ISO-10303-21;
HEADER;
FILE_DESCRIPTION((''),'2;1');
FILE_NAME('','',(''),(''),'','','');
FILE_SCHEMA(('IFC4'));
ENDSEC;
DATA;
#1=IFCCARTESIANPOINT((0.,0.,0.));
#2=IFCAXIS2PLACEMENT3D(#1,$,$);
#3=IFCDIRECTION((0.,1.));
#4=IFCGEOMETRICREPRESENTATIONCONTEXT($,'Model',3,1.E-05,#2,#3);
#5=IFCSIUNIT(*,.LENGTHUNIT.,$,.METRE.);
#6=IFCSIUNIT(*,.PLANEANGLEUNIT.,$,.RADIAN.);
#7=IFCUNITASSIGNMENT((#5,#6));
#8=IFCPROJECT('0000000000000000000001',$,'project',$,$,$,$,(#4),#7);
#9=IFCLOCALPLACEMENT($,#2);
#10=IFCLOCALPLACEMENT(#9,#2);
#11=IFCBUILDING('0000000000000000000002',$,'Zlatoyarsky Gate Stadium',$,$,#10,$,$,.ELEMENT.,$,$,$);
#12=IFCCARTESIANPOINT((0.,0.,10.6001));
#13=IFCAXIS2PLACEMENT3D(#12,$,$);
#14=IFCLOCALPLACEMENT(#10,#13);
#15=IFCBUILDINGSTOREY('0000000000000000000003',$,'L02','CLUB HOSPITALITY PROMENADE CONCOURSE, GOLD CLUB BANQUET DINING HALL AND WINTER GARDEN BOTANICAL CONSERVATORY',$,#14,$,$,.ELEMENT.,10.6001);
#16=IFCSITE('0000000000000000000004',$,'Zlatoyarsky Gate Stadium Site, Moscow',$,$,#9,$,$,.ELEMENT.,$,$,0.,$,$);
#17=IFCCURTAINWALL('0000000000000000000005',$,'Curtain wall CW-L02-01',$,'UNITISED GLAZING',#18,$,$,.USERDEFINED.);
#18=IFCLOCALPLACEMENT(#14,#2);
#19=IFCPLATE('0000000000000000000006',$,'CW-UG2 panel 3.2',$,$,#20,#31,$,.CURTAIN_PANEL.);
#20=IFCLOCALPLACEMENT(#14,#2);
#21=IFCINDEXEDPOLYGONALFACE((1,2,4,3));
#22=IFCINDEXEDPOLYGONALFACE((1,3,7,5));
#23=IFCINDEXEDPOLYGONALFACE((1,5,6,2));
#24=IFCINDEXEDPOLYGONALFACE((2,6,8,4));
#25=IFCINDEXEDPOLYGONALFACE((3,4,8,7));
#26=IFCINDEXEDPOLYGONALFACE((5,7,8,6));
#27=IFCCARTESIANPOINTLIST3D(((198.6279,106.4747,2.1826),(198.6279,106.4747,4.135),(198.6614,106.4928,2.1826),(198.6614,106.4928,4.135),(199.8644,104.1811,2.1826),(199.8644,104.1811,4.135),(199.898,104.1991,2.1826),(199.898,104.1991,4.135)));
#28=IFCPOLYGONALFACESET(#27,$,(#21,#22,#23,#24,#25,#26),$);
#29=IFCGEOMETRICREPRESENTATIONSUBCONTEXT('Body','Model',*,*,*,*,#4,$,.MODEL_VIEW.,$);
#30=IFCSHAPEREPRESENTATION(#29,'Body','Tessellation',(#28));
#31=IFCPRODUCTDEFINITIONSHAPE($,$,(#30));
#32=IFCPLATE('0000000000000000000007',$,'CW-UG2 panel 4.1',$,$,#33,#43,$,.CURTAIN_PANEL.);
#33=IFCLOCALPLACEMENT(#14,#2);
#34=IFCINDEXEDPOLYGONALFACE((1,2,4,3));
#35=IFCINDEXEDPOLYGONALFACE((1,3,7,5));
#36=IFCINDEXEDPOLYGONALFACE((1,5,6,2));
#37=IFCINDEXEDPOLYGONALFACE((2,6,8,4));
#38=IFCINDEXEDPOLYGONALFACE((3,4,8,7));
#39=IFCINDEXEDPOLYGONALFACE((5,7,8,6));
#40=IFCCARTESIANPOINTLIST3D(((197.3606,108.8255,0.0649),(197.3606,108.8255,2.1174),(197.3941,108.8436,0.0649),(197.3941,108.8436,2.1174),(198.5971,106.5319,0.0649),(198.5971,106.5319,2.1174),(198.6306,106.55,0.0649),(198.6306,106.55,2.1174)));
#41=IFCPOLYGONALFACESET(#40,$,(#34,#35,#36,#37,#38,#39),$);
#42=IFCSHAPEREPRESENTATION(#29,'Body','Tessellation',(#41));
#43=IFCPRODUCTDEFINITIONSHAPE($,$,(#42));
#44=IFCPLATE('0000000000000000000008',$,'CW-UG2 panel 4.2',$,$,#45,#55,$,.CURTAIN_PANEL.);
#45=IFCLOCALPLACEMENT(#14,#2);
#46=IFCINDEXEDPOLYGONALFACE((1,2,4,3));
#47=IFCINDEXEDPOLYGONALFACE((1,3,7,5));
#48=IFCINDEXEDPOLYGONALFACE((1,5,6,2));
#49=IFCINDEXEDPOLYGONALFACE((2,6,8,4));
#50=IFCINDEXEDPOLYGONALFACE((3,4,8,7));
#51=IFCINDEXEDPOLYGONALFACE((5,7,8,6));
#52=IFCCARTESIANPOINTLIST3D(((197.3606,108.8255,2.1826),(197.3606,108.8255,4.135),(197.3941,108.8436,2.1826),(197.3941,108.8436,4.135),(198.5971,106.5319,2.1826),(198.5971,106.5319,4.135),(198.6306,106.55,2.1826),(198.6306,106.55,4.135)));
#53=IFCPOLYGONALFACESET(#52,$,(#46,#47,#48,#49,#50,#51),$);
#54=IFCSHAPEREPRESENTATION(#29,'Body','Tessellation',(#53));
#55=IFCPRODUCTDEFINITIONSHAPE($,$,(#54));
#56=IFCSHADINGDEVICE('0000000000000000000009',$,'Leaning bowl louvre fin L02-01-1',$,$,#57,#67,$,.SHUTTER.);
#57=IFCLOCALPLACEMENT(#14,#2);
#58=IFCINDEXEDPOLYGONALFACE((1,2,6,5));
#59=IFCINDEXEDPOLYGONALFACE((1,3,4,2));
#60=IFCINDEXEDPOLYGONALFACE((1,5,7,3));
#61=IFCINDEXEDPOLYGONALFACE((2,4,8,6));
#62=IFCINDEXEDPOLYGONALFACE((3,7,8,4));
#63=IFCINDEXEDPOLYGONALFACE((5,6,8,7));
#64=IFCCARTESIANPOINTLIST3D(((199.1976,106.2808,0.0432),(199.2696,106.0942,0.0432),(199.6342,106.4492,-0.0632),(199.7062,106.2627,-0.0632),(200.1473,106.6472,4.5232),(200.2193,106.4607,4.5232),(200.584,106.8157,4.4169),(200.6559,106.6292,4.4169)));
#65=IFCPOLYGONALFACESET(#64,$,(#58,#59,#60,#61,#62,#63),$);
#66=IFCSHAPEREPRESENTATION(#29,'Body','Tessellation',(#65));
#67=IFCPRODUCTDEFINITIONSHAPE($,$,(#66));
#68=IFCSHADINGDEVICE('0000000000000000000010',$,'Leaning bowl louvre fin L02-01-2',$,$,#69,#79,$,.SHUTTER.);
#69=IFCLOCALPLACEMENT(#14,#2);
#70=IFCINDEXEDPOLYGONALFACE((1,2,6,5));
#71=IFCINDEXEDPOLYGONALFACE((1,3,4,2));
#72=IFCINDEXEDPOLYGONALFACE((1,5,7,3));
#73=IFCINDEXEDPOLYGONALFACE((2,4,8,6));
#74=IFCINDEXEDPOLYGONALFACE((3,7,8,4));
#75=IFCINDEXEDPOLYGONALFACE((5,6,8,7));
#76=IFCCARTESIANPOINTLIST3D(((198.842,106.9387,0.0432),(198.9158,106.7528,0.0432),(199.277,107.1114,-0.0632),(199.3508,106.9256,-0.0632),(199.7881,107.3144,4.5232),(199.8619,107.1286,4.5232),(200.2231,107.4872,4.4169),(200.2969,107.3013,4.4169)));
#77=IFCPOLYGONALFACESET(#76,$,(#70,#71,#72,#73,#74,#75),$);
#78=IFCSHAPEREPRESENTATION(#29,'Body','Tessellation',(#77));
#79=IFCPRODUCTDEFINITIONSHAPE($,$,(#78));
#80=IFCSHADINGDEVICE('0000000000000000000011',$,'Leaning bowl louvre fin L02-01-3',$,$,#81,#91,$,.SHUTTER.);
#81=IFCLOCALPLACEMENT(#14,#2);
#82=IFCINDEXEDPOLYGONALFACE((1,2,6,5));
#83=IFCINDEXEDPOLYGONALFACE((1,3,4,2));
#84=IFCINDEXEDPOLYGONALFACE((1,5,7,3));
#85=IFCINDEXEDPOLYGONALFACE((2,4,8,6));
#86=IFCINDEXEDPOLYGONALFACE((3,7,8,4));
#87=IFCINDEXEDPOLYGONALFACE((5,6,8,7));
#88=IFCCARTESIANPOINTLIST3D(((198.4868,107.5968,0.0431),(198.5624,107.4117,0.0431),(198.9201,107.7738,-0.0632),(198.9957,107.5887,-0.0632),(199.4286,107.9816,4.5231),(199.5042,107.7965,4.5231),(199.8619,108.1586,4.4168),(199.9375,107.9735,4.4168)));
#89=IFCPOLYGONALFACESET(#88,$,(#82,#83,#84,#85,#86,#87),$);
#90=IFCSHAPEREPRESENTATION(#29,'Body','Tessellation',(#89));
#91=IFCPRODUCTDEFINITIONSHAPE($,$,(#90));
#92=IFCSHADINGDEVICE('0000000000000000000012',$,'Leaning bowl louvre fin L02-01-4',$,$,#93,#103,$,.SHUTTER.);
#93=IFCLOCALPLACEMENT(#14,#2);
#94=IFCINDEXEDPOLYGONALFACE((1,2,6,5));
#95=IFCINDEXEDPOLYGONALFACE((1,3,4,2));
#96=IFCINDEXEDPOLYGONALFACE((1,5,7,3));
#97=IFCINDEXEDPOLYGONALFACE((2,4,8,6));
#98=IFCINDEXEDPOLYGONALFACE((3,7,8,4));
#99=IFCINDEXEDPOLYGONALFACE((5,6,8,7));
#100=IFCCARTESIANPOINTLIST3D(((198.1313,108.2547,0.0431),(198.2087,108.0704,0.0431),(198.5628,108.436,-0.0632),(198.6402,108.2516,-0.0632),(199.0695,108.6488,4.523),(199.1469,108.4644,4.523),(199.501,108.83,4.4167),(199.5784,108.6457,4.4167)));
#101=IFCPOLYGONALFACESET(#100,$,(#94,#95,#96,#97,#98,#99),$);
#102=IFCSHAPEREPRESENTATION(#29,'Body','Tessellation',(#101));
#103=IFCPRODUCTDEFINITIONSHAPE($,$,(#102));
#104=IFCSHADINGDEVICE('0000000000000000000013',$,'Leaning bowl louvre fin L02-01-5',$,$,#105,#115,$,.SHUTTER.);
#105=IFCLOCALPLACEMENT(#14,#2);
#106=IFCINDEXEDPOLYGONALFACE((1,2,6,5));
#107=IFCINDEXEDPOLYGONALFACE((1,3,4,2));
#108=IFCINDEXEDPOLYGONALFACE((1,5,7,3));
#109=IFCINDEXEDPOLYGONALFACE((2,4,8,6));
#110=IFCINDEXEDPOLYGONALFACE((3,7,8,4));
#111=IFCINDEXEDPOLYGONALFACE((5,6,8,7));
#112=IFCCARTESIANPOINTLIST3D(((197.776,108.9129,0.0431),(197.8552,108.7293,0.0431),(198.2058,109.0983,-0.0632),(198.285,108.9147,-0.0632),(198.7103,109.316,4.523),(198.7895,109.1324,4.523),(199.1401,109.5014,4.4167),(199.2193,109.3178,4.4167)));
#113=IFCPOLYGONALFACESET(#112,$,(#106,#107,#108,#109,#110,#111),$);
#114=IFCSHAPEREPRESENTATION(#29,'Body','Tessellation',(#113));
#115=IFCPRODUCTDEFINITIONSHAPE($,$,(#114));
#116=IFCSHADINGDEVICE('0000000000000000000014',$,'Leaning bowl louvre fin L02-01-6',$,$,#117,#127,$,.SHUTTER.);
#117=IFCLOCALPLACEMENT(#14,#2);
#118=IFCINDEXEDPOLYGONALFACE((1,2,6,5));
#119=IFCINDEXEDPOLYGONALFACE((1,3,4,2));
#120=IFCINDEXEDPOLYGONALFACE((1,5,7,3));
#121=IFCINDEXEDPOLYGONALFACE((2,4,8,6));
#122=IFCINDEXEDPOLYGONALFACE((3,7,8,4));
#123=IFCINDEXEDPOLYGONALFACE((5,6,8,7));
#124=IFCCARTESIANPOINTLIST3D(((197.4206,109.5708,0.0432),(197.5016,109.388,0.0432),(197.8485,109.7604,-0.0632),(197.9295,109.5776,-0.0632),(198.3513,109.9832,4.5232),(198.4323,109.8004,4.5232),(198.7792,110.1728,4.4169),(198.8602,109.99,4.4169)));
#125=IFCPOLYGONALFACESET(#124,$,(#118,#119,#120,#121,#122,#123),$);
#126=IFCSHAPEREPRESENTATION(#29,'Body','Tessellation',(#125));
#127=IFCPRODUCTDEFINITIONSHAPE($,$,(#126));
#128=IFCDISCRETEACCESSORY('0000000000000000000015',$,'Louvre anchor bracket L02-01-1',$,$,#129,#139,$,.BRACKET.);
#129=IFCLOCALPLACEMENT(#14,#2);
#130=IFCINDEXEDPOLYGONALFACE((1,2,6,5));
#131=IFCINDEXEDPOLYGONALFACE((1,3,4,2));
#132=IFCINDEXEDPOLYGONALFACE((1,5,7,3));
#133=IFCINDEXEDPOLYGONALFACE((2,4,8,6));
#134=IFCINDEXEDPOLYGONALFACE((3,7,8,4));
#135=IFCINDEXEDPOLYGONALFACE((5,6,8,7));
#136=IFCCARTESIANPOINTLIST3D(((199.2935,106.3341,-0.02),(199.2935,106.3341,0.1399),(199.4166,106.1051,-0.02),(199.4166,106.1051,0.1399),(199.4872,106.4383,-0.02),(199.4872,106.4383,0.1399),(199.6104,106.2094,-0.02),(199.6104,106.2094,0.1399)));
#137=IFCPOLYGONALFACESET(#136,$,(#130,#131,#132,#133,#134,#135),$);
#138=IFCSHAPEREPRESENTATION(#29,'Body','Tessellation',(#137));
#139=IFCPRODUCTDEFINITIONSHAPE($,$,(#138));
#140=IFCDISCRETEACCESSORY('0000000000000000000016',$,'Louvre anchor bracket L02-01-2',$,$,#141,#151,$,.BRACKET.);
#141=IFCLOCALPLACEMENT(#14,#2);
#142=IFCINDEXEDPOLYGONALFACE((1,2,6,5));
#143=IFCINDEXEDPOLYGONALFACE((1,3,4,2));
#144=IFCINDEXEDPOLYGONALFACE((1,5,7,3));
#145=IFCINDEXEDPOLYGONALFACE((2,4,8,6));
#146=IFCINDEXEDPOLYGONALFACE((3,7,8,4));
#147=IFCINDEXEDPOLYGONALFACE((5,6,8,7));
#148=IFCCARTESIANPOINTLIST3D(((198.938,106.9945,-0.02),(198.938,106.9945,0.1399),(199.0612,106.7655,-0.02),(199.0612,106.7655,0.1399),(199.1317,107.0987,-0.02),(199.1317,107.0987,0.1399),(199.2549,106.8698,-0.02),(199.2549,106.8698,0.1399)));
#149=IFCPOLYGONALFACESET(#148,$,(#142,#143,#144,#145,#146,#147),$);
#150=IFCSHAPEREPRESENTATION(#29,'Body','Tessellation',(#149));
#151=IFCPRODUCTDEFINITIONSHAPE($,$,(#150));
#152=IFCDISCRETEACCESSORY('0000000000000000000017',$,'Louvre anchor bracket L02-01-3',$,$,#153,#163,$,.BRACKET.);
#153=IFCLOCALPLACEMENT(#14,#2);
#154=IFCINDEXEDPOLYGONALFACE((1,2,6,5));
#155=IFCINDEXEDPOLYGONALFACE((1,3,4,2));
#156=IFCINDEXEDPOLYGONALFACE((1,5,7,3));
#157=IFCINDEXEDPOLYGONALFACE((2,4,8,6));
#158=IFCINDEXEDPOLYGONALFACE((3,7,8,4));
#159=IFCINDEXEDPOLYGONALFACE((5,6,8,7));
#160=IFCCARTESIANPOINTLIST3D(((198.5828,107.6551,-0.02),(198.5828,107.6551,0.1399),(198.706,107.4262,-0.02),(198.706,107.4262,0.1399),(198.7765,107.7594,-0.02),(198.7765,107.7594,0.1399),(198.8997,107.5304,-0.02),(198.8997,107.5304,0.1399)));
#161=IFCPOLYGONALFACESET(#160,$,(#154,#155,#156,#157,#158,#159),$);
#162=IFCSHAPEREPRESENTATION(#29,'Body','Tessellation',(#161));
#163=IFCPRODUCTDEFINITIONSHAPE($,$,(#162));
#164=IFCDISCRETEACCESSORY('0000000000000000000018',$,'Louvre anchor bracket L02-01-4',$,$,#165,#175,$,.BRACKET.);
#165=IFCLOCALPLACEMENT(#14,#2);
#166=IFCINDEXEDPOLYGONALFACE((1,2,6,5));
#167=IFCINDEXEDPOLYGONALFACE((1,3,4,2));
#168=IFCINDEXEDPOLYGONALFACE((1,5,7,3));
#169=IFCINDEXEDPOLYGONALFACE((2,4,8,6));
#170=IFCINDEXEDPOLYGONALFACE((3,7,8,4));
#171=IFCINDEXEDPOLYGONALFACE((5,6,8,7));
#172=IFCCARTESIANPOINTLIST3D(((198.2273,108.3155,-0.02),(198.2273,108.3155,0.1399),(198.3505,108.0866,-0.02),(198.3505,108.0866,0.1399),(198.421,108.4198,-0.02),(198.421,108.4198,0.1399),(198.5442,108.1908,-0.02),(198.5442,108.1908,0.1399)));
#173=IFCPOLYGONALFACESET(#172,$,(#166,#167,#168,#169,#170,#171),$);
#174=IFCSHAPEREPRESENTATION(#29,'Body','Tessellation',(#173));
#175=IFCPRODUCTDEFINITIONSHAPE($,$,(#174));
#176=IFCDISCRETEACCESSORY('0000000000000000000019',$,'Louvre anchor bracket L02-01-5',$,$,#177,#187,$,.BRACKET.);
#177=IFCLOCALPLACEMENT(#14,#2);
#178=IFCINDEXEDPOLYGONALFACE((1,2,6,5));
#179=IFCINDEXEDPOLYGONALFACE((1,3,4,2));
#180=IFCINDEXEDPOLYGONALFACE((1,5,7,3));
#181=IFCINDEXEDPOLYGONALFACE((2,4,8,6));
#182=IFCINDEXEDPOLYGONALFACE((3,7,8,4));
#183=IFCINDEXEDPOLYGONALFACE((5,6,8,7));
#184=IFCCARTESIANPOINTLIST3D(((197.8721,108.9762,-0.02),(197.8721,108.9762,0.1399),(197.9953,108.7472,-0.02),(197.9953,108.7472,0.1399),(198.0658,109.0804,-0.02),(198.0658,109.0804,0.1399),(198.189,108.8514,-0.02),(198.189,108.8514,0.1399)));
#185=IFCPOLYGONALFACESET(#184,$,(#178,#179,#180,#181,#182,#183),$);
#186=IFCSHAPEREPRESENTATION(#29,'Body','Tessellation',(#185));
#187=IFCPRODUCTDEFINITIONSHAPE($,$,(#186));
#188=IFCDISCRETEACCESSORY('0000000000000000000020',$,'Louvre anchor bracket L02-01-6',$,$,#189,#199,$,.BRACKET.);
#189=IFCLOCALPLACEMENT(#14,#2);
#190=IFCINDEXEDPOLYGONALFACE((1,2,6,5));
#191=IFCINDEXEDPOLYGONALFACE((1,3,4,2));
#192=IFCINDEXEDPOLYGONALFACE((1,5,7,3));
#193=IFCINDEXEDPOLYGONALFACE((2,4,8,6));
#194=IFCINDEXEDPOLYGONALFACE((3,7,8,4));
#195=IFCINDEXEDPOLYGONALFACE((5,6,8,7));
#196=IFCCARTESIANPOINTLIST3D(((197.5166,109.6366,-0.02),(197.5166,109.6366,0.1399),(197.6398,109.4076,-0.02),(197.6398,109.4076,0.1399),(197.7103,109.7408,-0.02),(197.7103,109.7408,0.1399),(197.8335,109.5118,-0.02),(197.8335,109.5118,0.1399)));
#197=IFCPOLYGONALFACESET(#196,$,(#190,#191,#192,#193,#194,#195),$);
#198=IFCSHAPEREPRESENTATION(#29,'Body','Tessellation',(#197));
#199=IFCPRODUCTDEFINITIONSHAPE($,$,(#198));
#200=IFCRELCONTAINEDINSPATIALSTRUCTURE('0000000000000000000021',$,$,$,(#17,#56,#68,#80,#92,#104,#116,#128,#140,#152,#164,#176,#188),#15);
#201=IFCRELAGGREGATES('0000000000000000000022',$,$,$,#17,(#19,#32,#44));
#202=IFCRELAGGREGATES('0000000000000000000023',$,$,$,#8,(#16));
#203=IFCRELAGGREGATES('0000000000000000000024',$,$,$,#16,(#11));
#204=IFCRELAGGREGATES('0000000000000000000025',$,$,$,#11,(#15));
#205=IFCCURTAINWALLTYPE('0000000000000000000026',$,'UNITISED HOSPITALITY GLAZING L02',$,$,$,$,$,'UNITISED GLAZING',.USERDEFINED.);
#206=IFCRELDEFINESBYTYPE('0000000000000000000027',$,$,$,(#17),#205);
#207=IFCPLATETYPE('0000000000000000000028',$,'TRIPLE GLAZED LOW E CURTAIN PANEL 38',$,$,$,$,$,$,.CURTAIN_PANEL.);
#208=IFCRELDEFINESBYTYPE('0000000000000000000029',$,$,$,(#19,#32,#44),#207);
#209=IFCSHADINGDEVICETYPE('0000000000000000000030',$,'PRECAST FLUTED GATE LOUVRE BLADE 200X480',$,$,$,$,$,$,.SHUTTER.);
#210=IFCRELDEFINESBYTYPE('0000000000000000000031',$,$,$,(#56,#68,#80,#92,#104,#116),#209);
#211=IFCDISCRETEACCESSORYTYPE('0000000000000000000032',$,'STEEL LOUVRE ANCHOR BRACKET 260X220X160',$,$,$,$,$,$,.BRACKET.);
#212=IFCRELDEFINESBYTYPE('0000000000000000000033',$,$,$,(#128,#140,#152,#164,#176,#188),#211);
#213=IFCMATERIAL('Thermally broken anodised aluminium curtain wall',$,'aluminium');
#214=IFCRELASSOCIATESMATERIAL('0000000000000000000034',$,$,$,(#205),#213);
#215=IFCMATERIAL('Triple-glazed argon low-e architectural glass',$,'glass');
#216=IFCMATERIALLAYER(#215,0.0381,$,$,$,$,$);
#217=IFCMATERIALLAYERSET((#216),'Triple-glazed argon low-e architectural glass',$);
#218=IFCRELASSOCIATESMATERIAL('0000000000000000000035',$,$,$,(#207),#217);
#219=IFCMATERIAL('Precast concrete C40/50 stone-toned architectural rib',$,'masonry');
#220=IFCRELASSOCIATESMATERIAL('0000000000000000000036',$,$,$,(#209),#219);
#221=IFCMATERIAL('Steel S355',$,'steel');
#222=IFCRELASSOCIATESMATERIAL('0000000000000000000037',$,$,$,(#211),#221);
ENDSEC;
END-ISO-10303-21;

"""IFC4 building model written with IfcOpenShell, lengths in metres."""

from ifc_helpers import new_model, si_unit, direction, frame, origin, origin_2d, place, context, subcontext, project, spatial, rectangle, extrude, material, layer, layer_set, material_profile, profile_set, type_object, element, aggregate, save


model = new_model("IFC4")

# Units and contexts
model_context = context("Model", 3, precision=1e-05, world=origin(), true_north=direction((0.0, 1.0)))
body_context = subcontext(model_context, "Body", "Model", "MODEL_VIEW")
ifc_project = project(units=[si_unit("LENGTHUNIT", "METRE"), si_unit("PLANEANGLEUNIT", "RADIAN")], contexts=[model_context])

# Site, building, storey
site_placement = place(None, origin())
site = spatial("IfcSite", under=ifc_project, at=site_placement, Name="Zlatoyarsky Gate Stadium Site, Moscow", CompositionType="ELEMENT", RefElevation=0.0)
building_placement = place(site_placement, origin())
building = spatial("IfcBuilding", under=site, at=building_placement, Name="Zlatoyarsky Gate Stadium", CompositionType="ELEMENT")
storey_placement = place(building_placement, frame((0.0, 0.0, 10.6001)))
storey = spatial("IfcBuildingStorey", under=building, at=storey_placement, Name="L02", Description="CLUB HOSPITALITY PROMENADE CONCOURSE, GOLD CLUB BANQUET DINING HALL AND WINTER GARDEN BOTANICAL CONSERVATORY", CompositionType="ELEMENT", Elevation=10.6001)

# Curtain wall
ifc_material_1 = material(Name="Thermally broken anodised aluminium curtain wall", Category="aluminium")
curtain_wall_type = type_object("IfcCurtainWallType", Name="UNITISED HOSPITALITY GLAZING L02", ElementType="UNITISED GLAZING", PredefinedType="USERDEFINED", material=ifc_material_1)
curtain_wall_placement = place(storey_placement, origin())
curtain_wall = element("IfcCurtainWall", 1, at=curtain_wall_placement, inside=storey, type_object=curtain_wall_type, Name="Curtain wall CW-L02-01", ObjectType="UNITISED GLAZING", PredefinedType="USERDEFINED")

# Shared definitions
ifc_material_2 = material(Name="Steel S355", Category="steel")

# Plates
ifc_material_3 = material(Name="Triple-glazed argon low-e architectural glass", Category="glass")
ifc_layer_1 = layer(ifc_material_3, 0.0381)
ifc_layer_set_1 = layer_set([ifc_layer_1], Name="Triple-glazed argon low-e architectural glass")
plate_type_1 = type_object("IfcPlateType", Name="TRIPLE GLAZED LOW E CURTAIN PANEL 38", PredefinedType="CURTAIN_PANEL", material=ifc_layer_set_1)
plate_1_placement = place(storey_placement, frame((199.2629, 105.3369, 2.1826), z_axis=(0.0, 0.0, 1.0), x_axis=(-0.474536, 0.880236, 0.0)))
plate_1 = element("IfcPlate", 2, at=plate_1_placement, type_object=plate_type_1, Name="CW-UG2 panel 3.2", PredefinedType="CURTAIN_PANEL", context=body_context, shape_type="SweptSolid", body=[
    extrude(rectangle(XDim=2.6057, YDim=0.0381, at=origin_2d()), origin(), (0.0, 0.0, 1.0), 1.9524),
])
plate_2_placement = place(storey_placement, frame((197.9956, 107.6877, 0.0649), z_axis=(0.0, 0.0, 1.0), x_axis=(-0.474536, 0.880236, 0.0)))
plate_2 = element("IfcPlate", 3, at=plate_2_placement, type_object=plate_type_1, Name="CW-UG2 panel 4.1", PredefinedType="CURTAIN_PANEL", context=body_context, shape_type="SweptSolid", body=[
    extrude(rectangle(XDim=2.6057, YDim=0.0381, at=origin_2d()), origin(), (0.0, 0.0, 1.0), 2.0525),
])
plate_3_placement = place(storey_placement, frame((197.9956, 107.6877, 2.1826), z_axis=(0.0, 0.0, 1.0), x_axis=(-0.474536, 0.880236, 0.0)))
plate_3 = element("IfcPlate", 4, at=plate_3_placement, type_object=plate_type_1, Name="CW-UG2 panel 4.2", PredefinedType="CURTAIN_PANEL", context=body_context, shape_type="SweptSolid", body=[
    extrude(rectangle(XDim=2.6057, YDim=0.0381, at=origin_2d()), origin(), (0.0, 0.0, 1.0), 1.9524),
])
aggregate(curtain_wall, [plate_1, plate_2, plate_3])

# Shading devices
ifc_material_4 = material(Name="Precast concrete C40/50 stone-toned architectural rib", Category="masonry")
ifc_material_profile_1 = material_profile(ifc_material_4, rectangle(XDim=0.2, YDim=0.48, at=origin_2d()), Name="RIB 200X480")
ifc_profile_set_1 = profile_set([ifc_material_profile_1], Name="Precast concrete C40/50 stone-toned architectural rib")
shading_device_type = type_object("IfcShadingDeviceType", Name="PRECAST FLUTED GATE LOUVRE BLADE 200X480", PredefinedType="SHUTTER", material=ifc_profile_set_1)
for number, where, z_axis, x_axis, name in (
    (5, (199.4519, 106.2717, -0.01), (0.20672, 0.079765, 0.975143), (-0.359991, 0.932956, 0.0), "Leaning bowl louvre fin L02-01-1"),
    (6, (199.0964, 106.9321, -0.01), (0.205923, 0.081785, 0.975145), (-0.369115, 0.929384, 0.0), "Leaning bowl louvre fin L02-01-2"),
):
    element("IfcShadingDevice", number, at=place(storey_placement, frame(where, z_axis=z_axis, x_axis=x_axis)), inside=storey, type_object=shading_device_type, Name=name, PredefinedType="SHUTTER", context=body_context, shape_type="SweptSolid", body=[
        extrude(rectangle(XDim=0.2, YDim=0.48, at=origin_2d()), origin(), (0.0, 0.0, 1.0), 4.5942),
    ])
for number, where, z_axis, x_axis, name in (
    (7, (198.7412, 107.5928, -0.01), (0.205024, 0.083753, 0.975167), (-0.378166, 0.925738, 0.0), "Leaning bowl louvre fin L02-01-3"),
    (8, (198.3857, 108.2532, -0.01), (0.204225, 0.085771, 0.975159), (-0.38722, 0.921987, 0.0), "Leaning bowl louvre fin L02-01-4"),
    (9, (198.0305, 108.9138, -0.01), (0.203376, 0.087738, 0.975162), (-0.396119, 0.918199, 0.0), "Leaning bowl louvre fin L02-01-5"),
):
    element("IfcShadingDevice", number, at=place(storey_placement, frame(where, z_axis=z_axis, x_axis=x_axis)), inside=storey, type_object=shading_device_type, Name=name, PredefinedType="SHUTTER", context=body_context, shape_type="SweptSolid", body=[
        extrude(rectangle(XDim=0.2, YDim=0.48, at=origin_2d()), origin(), (0.0, 0.0, 1.0), 4.594),
    ])
shading_device_placement = place(storey_placement, frame((197.675, 109.5742, -0.01), z_axis=(0.202575, 0.089756, 0.975145), x_axis=(-0.405092, 0.914276, 0.0)))
element("IfcShadingDevice", 10, at=shading_device_placement, inside=storey, type_object=shading_device_type, Name="Leaning bowl louvre fin L02-01-6", PredefinedType="SHUTTER", context=body_context, shape_type="SweptSolid", body=[
    extrude(rectangle(XDim=0.2, YDim=0.48, at=origin_2d()), origin(), (0.0, 0.0, 1.0), 4.5942),
])

# Discrete accessories
discrete_accessory_type = type_object("IfcDiscreteAccessoryType", Name="STEEL LOUVRE ANCHOR BRACKET 260X220X160", PredefinedType="BRACKET", material=ifc_material_2)
for number, where, z_axis, x_axis, name in (
    (11, (199.4519, 106.2717, -0.02), (0.0, 0.0, 1.0), (-0.473806, 0.880629, 0.0), "Louvre anchor bracket L02-01-1"),
    (12, (199.0964, 106.9321, -0.02), (0.0, 0.0, 1.0), (-0.473806, 0.880629, 0.0), "Louvre anchor bracket L02-01-2"),
    (13, (198.7412, 107.5928, -0.02), (0.0, 0.0, 1.0), (-0.473806, 0.880629, 0.0), "Louvre anchor bracket L02-01-3"),
    (14, (198.3857, 108.2532, -0.02), (0.0, 0.0, 1.0), (-0.473806, 0.880629, 0.0), "Louvre anchor bracket L02-01-4"),
    (15, (198.0305, 108.9138, -0.02), (0.0, 0.0, 1.0), (-0.473806, 0.880629, 0.0), "Louvre anchor bracket L02-01-5"),
    (16, (197.675, 109.5742, -0.02), (0.0, 0.0, 1.0), (-0.473806, 0.880629, 0.0), "Louvre anchor bracket L02-01-6"),
):
    element("IfcDiscreteAccessory", number, at=place(storey_placement, frame(where, z_axis=z_axis, x_axis=x_axis)), inside=storey, type_object=discrete_accessory_type, Name=name, PredefinedType="BRACKET", context=body_context, shape_type="SweptSolid", body=[
        extrude(rectangle(XDim=0.26, YDim=0.22, at=origin_2d()), origin(), (0.0, 0.0, 1.0), 0.1599),
    ])

save(model, "model.ifc")
